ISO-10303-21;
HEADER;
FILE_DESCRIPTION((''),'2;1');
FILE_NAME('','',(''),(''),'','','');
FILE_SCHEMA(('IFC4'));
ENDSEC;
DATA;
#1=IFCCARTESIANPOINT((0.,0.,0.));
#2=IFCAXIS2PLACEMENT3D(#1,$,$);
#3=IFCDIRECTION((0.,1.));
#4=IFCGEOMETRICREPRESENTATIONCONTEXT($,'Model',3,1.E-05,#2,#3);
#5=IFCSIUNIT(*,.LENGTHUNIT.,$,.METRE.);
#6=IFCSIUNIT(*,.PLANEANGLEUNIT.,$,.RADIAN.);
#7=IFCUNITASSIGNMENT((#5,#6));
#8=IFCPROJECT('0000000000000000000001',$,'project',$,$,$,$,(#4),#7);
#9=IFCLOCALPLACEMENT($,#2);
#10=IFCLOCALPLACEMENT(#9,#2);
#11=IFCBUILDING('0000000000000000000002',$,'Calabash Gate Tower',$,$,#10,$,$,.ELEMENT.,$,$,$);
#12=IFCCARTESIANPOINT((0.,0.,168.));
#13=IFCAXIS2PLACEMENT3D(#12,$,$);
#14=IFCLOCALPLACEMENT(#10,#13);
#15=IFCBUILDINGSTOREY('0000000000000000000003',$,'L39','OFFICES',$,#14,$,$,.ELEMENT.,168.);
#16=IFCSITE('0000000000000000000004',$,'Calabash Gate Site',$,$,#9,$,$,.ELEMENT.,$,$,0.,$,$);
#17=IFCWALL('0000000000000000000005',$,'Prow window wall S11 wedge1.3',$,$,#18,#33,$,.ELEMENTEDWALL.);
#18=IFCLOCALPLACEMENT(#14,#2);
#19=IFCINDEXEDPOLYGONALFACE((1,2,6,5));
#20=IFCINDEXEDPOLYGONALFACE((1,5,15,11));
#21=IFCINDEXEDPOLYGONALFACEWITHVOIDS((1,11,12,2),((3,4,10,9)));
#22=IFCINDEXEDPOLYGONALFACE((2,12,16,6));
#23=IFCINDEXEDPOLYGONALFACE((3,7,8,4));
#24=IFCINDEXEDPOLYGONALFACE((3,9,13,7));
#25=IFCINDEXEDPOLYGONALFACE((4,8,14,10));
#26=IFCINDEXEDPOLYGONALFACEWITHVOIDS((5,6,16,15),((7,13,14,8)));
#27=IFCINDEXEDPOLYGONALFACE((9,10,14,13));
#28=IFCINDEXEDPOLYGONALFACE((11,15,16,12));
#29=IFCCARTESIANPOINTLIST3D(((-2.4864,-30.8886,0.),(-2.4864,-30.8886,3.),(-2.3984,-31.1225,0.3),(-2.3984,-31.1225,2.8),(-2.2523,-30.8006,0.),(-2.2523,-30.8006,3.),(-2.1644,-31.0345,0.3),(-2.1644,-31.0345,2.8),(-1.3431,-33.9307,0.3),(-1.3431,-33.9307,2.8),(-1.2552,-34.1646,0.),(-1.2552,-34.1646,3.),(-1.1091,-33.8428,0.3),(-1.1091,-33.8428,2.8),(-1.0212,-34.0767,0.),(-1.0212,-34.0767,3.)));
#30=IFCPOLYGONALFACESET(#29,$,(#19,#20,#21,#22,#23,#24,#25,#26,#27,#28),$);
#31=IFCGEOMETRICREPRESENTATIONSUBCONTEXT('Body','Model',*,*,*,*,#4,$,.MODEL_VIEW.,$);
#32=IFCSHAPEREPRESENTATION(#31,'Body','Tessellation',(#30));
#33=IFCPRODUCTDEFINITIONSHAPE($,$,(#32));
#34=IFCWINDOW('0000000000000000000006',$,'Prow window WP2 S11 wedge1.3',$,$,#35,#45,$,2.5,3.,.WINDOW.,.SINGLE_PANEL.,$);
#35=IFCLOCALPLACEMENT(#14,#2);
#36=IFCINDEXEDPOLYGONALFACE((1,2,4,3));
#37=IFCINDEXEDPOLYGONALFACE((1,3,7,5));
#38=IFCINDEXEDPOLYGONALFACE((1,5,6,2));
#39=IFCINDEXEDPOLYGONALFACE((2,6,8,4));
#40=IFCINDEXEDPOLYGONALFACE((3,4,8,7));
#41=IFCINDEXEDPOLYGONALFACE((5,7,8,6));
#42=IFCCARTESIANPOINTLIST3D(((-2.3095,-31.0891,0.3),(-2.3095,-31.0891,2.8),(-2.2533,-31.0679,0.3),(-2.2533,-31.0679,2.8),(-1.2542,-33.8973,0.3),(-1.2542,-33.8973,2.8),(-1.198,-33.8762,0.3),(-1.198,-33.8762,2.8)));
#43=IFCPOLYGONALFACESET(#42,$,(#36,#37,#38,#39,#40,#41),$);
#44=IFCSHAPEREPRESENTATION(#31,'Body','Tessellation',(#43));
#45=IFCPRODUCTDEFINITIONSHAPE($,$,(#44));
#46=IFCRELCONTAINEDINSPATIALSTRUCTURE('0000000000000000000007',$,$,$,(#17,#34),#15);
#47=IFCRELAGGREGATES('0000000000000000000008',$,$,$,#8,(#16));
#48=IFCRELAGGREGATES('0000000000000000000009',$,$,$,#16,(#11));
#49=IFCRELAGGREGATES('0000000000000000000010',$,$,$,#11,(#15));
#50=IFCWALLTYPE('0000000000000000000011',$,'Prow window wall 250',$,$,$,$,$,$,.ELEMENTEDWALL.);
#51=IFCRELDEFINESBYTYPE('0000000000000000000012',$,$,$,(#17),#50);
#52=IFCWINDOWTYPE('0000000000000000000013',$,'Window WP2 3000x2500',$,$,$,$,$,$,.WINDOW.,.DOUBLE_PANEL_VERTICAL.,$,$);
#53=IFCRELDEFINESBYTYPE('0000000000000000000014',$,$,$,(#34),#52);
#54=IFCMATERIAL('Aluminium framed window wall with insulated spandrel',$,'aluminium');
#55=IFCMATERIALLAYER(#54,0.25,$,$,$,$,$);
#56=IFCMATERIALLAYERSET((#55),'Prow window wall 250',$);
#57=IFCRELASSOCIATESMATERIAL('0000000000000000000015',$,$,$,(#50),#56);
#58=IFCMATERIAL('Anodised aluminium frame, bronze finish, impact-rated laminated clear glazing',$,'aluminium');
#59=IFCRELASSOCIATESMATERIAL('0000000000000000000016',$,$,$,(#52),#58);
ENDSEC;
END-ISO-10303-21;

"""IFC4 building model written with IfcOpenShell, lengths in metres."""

from ifc_helpers import new_model, si_unit, direction, frame, frame_2d, origin, place, context, subcontext, project, spatial, rectangle, extrude, material, layer, layer_set, type_object, element, fill, save


model = new_model("IFC4")

# Units and contexts
model_context = context("Model", 3, precision=1e-05, world=origin(), true_north=direction((0.0, 1.0)))
body_context = subcontext(model_context, "Body", "Model", "MODEL_VIEW")
ifc_project = project(units=[si_unit("LENGTHUNIT", "METRE"), si_unit("PLANEANGLEUNIT", "RADIAN")], contexts=[model_context])

# Site, building, storey
site_placement = place(None, origin())
site = spatial("IfcSite", under=ifc_project, at=site_placement, Name="Calabash Gate Site", CompositionType="ELEMENT", RefElevation=0.0)
building_placement = place(site_placement, origin())
building = spatial("IfcBuilding", under=site, at=building_placement, Name="Calabash Gate Tower", CompositionType="ELEMENT")
storey_placement = place(building_placement, frame((0.0, 0.0, 168.0)))
storey = spatial("IfcBuildingStorey", under=building, at=storey_placement, Name="L39", Description="OFFICES", CompositionType="ELEMENT", Elevation=168.0)

# Wall, opening, window
ifc_material_1 = material(Name="Aluminium framed window wall with insulated spandrel", Category="aluminium")
ifc_layer_1 = layer(ifc_material_1, 0.25)
ifc_layer_set_1 = layer_set([ifc_layer_1], Name="Prow window wall 250")
wall_type_1 = type_object("IfcWallType", Name="Prow window wall 250", PredefinedType="ELEMENTEDWALL", material=ifc_layer_set_1)
ifc_material_2 = material(Name="Anodised aluminium frame, bronze finish, impact-rated laminated clear glazing", Category="aluminium")
window_type = type_object("IfcWindowType", Name="Window WP2 3000x2500", PartitioningType="DOUBLE_PANEL_VERTICAL", PredefinedType="WINDOW", material=ifc_material_2)
wall_1_placement = place(storey_placement, frame((-2.3694, -30.8445, 0.0), z_axis=(0.0, 0.0, 1.0), x_axis=(0.351788, -0.93608, 0.0)))
wall_1 = element("IfcWall", 1, at=wall_1_placement, inside=storey, type_object=wall_type_1, Name="Prow window wall S11 wedge1.3", PredefinedType="ELEMENTEDWALL", context=body_context, shape_type="SweptSolid", body=[
    extrude(rectangle(XDim=3.4998, YDim=0.25, at=frame_2d((1.75, 0.0))), origin(), (0.0, 0.0, 1.0), 3.0),
])
opening_1_placement = place(wall_1_placement, frame((0.25, 0.0, 0.3)))
opening_1 = element("IfcOpeningElement", 2, at=opening_1_placement, cuts=wall_1, PredefinedType="OPENING", context=body_context, shape_type="SweptSolid", body=[
    extrude(rectangle(XDim=3.0, YDim=2.5, at=frame_2d((1.5, 1.25))), frame((0.0, 0.135, 0.0), z_axis=(0.0, -1.0, 0.0), x_axis=(1.0, 0.0, 0.0)), (0.0, 0.0, 1.0), 0.27),
])
window_1_placement = place(opening_1_placement, origin())
window_1 = element("IfcWindow", 3, at=window_1_placement, inside=storey, type_object=window_type, Name="Prow window WP2 S11 wedge1.3", OverallHeight=2.5, OverallWidth=3.0, PartitioningType="SINGLE_PANEL", PredefinedType="WINDOW", context=body_context, shape_type="SweptSolid", body=[
    extrude(rectangle(XDim=3.0, YDim=2.5, at=frame_2d((1.5, 1.25))), frame((0.0, 0.03, 0.0), z_axis=(0.0, -1.0, 0.0), x_axis=(1.0, 0.0, 0.0)), (0.0, 0.0, 1.0), 0.0601),
])
fill(opening_1, window_1)

save(model, "model.ifc")
